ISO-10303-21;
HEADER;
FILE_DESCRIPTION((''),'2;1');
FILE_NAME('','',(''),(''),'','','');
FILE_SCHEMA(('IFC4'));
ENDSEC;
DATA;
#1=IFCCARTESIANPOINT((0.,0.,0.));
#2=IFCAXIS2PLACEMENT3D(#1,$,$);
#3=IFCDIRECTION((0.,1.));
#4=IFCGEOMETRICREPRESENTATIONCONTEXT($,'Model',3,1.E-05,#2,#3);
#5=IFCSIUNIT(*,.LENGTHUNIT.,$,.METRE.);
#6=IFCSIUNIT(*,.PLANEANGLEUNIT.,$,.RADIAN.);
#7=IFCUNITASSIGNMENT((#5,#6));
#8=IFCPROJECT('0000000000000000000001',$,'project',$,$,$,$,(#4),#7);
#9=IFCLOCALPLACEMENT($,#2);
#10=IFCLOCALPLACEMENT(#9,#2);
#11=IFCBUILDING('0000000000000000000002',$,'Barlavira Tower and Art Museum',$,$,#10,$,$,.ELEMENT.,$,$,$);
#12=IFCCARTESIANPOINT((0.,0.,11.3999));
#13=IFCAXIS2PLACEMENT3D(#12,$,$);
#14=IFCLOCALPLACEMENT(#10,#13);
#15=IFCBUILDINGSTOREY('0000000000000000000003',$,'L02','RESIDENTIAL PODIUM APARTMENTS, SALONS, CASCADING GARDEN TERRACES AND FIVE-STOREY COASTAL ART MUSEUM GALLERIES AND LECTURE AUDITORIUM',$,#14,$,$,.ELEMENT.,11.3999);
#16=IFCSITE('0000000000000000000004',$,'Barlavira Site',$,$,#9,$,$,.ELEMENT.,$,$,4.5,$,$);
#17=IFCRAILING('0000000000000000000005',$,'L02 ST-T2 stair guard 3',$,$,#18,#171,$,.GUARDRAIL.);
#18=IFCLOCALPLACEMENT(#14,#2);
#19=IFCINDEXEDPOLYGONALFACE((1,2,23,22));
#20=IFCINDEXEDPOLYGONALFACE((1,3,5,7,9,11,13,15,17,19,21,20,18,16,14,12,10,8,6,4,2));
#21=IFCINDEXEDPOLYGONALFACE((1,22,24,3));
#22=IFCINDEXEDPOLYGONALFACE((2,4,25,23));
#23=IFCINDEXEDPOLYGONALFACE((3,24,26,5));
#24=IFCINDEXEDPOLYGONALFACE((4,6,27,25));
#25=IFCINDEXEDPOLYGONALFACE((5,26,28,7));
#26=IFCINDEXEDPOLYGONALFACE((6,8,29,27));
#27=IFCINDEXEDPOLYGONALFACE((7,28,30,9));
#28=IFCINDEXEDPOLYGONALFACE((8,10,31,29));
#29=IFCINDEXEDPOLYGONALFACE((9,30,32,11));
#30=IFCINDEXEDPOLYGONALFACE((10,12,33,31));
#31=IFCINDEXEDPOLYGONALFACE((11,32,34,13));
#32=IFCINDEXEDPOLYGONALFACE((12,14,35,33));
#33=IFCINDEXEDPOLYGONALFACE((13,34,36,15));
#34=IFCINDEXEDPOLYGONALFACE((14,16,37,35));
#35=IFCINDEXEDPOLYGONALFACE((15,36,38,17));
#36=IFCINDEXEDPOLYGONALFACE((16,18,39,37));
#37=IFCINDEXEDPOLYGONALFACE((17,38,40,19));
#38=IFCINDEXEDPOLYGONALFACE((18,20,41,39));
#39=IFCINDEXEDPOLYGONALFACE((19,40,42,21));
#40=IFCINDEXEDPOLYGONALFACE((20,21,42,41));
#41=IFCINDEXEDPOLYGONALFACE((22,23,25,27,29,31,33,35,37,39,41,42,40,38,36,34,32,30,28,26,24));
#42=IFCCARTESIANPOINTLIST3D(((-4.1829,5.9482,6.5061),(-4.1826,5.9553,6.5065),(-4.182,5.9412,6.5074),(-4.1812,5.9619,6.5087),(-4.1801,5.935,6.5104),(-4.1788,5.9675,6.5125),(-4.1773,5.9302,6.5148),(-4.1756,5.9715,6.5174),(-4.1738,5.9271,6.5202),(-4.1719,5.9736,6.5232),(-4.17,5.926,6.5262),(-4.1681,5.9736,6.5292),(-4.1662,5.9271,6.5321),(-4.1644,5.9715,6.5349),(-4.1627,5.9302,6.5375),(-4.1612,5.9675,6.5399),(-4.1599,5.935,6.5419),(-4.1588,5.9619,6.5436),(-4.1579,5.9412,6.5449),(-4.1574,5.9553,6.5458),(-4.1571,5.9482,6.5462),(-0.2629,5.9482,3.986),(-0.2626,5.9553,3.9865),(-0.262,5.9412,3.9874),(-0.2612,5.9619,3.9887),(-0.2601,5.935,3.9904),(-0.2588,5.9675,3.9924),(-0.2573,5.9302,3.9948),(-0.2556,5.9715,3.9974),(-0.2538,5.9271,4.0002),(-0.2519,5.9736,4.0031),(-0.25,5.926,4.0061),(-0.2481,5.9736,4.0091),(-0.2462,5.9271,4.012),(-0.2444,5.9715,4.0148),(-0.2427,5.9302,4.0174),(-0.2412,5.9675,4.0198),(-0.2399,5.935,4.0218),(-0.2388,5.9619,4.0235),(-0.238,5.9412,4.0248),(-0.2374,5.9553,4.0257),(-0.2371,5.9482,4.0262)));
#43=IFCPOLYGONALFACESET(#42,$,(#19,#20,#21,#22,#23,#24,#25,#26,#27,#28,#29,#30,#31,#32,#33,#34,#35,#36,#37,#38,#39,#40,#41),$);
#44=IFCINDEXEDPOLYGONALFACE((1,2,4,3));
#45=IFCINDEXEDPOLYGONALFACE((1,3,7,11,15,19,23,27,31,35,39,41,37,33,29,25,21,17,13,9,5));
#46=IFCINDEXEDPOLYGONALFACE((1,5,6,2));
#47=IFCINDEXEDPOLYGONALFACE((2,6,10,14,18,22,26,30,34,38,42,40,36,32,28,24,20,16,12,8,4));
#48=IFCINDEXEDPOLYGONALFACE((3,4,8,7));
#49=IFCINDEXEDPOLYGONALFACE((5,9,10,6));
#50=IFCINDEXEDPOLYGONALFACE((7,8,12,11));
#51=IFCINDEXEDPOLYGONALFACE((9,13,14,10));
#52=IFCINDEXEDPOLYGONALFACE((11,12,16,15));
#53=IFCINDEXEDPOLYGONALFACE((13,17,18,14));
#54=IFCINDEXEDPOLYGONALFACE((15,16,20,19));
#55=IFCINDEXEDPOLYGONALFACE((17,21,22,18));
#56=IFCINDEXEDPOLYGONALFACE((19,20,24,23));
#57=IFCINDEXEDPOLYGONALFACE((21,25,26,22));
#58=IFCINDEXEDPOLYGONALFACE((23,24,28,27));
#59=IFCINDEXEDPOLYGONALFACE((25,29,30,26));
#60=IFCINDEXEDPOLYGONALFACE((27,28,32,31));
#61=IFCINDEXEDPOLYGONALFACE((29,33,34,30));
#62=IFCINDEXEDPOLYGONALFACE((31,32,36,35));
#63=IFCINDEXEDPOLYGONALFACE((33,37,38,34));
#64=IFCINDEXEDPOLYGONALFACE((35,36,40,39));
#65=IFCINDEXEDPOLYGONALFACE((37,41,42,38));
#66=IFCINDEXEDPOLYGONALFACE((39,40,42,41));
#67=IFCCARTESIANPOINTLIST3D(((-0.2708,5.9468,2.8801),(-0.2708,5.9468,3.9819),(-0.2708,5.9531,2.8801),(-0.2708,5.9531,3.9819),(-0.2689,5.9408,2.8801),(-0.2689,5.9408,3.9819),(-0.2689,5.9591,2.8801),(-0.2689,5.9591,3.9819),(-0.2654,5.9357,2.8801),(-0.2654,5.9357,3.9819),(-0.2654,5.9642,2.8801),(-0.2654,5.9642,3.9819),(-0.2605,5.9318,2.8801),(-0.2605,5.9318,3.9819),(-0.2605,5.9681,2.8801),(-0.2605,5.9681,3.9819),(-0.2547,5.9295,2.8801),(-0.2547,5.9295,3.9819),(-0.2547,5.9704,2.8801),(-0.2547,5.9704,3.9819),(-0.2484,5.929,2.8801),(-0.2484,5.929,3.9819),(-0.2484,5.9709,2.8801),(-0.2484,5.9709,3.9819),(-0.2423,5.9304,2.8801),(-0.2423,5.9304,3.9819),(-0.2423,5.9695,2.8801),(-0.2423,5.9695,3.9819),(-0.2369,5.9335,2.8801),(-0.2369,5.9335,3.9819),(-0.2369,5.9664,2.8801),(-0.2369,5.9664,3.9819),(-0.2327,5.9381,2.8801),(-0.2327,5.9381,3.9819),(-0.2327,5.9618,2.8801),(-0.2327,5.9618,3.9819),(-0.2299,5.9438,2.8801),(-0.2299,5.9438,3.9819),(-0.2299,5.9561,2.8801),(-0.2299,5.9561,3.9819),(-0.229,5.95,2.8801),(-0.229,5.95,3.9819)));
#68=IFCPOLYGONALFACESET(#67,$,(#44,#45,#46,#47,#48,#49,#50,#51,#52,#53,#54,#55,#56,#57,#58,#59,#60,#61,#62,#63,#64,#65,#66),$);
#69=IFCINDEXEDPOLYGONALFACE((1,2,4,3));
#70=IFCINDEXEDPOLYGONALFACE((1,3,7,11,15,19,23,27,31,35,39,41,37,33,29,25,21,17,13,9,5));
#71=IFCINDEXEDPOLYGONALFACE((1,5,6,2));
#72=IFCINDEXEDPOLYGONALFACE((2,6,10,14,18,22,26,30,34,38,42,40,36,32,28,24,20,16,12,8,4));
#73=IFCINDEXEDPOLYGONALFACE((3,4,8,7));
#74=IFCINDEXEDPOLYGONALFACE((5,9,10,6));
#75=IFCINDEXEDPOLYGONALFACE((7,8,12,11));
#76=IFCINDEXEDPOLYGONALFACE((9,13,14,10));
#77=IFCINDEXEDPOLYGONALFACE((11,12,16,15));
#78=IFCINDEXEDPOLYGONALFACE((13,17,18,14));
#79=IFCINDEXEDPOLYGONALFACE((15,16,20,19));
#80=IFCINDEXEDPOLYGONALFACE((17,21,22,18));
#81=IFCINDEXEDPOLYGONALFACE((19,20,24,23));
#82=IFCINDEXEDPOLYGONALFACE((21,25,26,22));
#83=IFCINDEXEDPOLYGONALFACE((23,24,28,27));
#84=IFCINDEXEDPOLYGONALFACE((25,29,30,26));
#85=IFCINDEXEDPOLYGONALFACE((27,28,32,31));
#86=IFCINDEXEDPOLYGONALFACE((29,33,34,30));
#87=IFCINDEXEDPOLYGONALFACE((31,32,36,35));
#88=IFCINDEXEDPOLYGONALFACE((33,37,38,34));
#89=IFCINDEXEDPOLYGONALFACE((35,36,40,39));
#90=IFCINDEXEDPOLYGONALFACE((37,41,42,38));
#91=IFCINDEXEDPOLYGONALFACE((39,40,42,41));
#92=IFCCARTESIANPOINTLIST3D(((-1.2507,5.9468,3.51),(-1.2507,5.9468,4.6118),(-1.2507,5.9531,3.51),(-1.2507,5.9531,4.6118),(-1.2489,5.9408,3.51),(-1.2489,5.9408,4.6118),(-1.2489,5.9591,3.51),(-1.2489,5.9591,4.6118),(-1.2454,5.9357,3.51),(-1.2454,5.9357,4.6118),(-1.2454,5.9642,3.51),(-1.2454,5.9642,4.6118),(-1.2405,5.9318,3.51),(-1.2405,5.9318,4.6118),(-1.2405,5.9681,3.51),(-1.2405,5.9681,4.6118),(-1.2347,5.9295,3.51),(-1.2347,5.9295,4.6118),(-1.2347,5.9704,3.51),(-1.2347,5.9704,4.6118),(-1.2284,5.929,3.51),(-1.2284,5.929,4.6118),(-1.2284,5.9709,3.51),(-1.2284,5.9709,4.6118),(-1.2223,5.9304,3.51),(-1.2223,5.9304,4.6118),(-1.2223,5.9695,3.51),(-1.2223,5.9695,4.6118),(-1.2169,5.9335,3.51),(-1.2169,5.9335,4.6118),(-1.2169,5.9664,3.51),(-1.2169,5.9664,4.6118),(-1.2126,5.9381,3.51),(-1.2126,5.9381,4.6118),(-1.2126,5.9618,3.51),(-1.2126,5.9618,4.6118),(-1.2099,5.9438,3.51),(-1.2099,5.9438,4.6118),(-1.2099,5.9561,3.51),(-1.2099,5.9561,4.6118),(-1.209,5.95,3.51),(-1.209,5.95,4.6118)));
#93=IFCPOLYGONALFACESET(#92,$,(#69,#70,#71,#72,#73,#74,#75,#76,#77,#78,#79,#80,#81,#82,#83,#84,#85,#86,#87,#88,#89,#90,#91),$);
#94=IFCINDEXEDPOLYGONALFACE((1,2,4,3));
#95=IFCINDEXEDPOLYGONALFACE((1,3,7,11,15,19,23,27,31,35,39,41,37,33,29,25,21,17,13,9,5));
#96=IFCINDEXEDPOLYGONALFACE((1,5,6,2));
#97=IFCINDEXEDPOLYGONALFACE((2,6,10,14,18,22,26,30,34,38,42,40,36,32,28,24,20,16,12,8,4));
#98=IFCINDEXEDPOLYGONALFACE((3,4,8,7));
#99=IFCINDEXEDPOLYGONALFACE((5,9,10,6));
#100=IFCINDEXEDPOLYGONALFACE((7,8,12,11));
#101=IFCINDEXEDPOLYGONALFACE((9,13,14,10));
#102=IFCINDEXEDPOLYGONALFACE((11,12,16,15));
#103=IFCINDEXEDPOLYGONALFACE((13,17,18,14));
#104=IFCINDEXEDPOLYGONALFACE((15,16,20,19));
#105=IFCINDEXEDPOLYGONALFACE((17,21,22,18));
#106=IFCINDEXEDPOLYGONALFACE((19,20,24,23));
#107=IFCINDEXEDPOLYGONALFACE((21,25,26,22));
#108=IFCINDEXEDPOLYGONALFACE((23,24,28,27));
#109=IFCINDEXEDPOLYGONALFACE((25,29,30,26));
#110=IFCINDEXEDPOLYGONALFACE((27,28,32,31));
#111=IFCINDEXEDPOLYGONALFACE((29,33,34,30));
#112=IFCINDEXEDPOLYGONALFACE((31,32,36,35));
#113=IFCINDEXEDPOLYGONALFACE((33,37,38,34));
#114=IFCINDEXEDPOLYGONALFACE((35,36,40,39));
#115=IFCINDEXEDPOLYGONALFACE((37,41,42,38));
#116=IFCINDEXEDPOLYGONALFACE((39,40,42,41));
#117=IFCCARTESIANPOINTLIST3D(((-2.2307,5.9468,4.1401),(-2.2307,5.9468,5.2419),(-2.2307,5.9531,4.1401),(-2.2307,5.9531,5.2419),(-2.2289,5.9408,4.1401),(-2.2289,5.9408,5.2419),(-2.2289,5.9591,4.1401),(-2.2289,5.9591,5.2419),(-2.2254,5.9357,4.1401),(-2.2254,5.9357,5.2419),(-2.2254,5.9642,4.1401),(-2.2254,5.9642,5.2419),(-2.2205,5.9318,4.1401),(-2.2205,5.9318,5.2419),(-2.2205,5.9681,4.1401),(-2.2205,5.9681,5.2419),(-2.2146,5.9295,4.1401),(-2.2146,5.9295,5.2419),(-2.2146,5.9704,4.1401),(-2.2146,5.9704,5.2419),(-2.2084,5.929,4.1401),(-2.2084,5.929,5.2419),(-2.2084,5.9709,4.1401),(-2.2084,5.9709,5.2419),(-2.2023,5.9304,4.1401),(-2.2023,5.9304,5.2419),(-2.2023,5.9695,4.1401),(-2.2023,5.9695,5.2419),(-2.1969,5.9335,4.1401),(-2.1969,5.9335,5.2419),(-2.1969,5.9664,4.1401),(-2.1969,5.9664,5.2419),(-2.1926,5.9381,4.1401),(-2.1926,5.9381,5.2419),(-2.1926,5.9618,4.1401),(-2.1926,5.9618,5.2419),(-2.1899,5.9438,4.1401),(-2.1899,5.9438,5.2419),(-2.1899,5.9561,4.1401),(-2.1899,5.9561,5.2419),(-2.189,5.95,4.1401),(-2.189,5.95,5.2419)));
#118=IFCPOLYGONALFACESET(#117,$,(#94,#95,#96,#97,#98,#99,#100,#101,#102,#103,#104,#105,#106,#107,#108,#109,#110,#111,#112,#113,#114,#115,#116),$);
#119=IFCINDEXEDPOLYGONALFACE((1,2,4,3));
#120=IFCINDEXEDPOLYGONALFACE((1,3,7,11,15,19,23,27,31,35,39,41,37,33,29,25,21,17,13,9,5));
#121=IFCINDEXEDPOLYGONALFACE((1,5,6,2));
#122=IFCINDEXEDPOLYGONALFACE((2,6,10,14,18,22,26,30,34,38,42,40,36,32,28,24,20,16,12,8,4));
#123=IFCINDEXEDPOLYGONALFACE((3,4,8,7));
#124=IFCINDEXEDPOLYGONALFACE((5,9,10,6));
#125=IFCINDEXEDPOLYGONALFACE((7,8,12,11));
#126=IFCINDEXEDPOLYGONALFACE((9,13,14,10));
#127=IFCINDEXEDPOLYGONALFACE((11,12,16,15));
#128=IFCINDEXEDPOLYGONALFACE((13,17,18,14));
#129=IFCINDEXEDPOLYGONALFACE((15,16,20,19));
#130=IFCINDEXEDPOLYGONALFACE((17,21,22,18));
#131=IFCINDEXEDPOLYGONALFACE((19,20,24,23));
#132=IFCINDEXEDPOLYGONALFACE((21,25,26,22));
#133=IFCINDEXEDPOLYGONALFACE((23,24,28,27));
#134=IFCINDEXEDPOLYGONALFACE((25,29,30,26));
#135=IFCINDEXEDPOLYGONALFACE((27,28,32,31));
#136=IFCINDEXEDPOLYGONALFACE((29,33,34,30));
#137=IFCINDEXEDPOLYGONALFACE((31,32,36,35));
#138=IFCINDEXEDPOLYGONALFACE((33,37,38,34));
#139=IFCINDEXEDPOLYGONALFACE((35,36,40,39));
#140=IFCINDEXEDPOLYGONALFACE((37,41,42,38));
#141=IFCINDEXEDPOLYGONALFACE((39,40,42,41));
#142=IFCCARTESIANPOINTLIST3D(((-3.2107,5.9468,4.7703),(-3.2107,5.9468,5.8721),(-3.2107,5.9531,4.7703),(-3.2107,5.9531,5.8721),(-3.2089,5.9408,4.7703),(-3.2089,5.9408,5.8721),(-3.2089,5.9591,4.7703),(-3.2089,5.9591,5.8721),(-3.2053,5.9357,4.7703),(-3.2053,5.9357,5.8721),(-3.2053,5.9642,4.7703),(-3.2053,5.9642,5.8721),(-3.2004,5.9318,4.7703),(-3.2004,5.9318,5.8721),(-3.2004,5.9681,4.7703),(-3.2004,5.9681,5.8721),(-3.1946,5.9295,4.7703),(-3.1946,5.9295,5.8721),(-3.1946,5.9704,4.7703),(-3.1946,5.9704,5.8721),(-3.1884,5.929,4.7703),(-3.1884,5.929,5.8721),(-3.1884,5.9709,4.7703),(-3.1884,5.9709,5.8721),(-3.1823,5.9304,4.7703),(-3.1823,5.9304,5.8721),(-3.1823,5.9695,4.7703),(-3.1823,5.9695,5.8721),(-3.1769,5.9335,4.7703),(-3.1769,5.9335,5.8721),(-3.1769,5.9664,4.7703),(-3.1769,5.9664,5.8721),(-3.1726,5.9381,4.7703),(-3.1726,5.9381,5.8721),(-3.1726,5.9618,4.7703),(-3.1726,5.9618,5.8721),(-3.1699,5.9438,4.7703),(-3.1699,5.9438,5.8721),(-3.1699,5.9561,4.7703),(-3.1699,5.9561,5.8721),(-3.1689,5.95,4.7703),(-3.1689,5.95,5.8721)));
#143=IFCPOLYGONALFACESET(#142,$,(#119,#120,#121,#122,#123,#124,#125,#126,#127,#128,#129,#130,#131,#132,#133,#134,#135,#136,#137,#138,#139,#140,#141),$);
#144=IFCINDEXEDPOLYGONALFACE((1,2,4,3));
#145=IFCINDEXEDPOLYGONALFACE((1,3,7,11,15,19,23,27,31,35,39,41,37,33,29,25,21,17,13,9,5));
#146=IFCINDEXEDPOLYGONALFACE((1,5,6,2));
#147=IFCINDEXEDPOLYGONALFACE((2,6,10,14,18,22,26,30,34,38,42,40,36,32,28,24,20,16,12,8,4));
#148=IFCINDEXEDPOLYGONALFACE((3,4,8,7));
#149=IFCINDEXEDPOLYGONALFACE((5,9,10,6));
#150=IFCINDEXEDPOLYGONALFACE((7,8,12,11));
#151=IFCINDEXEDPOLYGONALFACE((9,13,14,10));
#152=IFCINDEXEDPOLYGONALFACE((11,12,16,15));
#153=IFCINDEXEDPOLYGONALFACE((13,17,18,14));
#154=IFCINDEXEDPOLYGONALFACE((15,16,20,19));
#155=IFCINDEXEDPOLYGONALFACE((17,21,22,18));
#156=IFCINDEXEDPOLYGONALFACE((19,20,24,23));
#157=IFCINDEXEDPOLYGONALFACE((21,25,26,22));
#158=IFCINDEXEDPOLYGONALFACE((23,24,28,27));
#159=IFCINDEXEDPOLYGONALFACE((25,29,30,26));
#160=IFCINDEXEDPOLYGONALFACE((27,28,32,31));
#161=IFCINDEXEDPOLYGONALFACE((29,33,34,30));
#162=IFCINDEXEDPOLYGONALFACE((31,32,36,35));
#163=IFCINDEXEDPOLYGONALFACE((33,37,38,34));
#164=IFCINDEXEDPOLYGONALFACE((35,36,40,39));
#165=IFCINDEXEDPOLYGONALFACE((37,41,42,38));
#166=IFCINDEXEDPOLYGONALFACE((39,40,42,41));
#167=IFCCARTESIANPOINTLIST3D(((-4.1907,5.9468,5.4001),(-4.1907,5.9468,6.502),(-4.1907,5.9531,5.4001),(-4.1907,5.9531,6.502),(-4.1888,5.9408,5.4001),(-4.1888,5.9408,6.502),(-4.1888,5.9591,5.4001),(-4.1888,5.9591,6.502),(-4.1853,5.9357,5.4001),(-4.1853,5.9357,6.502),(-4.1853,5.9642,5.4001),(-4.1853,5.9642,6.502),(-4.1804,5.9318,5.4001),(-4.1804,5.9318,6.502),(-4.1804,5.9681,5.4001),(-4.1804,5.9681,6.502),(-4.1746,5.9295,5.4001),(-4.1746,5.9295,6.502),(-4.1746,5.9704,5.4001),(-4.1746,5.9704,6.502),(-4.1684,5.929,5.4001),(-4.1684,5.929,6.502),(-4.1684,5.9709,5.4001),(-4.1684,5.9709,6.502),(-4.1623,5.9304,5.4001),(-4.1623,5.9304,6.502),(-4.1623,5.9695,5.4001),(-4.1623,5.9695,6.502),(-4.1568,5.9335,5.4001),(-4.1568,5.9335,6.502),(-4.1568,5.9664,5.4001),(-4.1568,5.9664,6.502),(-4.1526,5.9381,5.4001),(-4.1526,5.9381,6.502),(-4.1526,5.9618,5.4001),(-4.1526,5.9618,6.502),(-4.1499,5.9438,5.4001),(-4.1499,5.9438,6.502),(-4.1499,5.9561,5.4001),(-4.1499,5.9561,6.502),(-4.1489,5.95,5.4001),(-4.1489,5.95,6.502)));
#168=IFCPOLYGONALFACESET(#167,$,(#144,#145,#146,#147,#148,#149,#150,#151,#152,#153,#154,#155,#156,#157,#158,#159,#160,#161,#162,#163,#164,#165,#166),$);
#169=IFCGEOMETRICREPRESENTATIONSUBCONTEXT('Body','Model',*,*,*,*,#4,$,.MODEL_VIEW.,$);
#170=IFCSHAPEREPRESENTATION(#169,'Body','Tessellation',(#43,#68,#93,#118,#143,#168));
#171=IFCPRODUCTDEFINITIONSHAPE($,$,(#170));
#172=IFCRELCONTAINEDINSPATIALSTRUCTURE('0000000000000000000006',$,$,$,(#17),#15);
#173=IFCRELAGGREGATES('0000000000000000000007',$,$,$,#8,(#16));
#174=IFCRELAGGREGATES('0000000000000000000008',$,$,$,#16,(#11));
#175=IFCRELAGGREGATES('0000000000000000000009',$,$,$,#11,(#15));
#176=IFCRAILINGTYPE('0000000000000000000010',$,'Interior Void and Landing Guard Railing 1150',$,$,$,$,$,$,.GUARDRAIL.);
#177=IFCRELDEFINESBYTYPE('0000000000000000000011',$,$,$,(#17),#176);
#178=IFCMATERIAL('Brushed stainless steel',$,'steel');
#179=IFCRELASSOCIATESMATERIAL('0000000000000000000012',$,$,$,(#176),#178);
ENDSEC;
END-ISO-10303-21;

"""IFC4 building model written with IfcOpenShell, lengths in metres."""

from ifc_helpers import new_model, si_unit, direction, frame, origin, origin_2d, place, context, subcontext, project, spatial, circle, extrude, material, type_object, element, save


model = new_model("IFC4")

# Units and contexts
model_context = context("Model", 3, precision=1e-05, world=origin(), true_north=direction((0.0, 1.0)))
body_context = subcontext(model_context, "Body", "Model", "MODEL_VIEW")
ifc_project = project(units=[si_unit("LENGTHUNIT", "METRE"), si_unit("PLANEANGLEUNIT", "RADIAN")], contexts=[model_context])

# Site, building, storey
site_placement = place(None, origin())
site = spatial("IfcSite", under=ifc_project, at=site_placement, Name="Barlavira Site", CompositionType="ELEMENT", RefElevation=4.5)
building_placement = place(site_placement, origin())
building = spatial("IfcBuilding", under=site, at=building_placement, Name="Barlavira Tower and Art Museum", CompositionType="ELEMENT")
storey_placement = place(building_placement, frame((0.0, 0.0, 11.3999)))
storey = spatial("IfcBuildingStorey", under=building, at=storey_placement, Name="L02", Description="RESIDENTIAL PODIUM APARTMENTS, SALONS, CASCADING GARDEN TERRACES AND FIVE-STOREY COASTAL ART MUSEUM GALLERIES AND LECTURE AUDITORIUM", CompositionType="ELEMENT", Elevation=11.3999)

# Shared definitions
ifc_material_1 = material(Name="Brushed stainless steel", Category="steel")

# Railing
railing_type_1 = type_object("IfcRailingType", Name="Interior Void and Landing Guard Railing 1150", PredefinedType="GUARDRAIL", material=ifc_material_1)
railing_1_placement = place(storey_placement, frame((-0.25, 5.95, 2.8801)))
element("IfcRailing", 1, at=railing_1_placement, inside=storey, type_object=railing_type_1, Name="L02 ST-T2 stair guard 3", PredefinedType="GUARDRAIL", context=body_context, shape_type="SweptSolid", body=[
    extrude(circle(Radius=0.0239, at=origin_2d()), frame((0.0, 0.0, 1.126), z_axis=(-0.841172, 0.0, 0.540768), x_axis=(0.0, -1.0, 0.0)), (0.0, 0.0, 1.0), 4.6602),
    extrude(circle(Radius=0.021, at=origin_2d()), origin(), (0.0, 0.0, 1.0), 1.1018),
    extrude(circle(Radius=0.021, at=origin_2d()), frame((-0.98, 0.0, 0.6299)), (0.0, 0.0, 1.0), 1.1018),
    extrude(circle(Radius=0.021, at=origin_2d()), frame((-1.96, 0.0, 1.26)), (0.0, 0.0, 1.0), 1.1018),
    extrude(circle(Radius=0.021, at=origin_2d()), frame((-2.9399, 0.0, 1.8901)), (0.0, 0.0, 1.0), 1.1018),
    extrude(circle(Radius=0.021, at=origin_2d()), frame((-3.9199, 0.0, 2.52)), (0.0, 0.0, 1.0), 1.1018),
])

save(model, "model.ifc")
